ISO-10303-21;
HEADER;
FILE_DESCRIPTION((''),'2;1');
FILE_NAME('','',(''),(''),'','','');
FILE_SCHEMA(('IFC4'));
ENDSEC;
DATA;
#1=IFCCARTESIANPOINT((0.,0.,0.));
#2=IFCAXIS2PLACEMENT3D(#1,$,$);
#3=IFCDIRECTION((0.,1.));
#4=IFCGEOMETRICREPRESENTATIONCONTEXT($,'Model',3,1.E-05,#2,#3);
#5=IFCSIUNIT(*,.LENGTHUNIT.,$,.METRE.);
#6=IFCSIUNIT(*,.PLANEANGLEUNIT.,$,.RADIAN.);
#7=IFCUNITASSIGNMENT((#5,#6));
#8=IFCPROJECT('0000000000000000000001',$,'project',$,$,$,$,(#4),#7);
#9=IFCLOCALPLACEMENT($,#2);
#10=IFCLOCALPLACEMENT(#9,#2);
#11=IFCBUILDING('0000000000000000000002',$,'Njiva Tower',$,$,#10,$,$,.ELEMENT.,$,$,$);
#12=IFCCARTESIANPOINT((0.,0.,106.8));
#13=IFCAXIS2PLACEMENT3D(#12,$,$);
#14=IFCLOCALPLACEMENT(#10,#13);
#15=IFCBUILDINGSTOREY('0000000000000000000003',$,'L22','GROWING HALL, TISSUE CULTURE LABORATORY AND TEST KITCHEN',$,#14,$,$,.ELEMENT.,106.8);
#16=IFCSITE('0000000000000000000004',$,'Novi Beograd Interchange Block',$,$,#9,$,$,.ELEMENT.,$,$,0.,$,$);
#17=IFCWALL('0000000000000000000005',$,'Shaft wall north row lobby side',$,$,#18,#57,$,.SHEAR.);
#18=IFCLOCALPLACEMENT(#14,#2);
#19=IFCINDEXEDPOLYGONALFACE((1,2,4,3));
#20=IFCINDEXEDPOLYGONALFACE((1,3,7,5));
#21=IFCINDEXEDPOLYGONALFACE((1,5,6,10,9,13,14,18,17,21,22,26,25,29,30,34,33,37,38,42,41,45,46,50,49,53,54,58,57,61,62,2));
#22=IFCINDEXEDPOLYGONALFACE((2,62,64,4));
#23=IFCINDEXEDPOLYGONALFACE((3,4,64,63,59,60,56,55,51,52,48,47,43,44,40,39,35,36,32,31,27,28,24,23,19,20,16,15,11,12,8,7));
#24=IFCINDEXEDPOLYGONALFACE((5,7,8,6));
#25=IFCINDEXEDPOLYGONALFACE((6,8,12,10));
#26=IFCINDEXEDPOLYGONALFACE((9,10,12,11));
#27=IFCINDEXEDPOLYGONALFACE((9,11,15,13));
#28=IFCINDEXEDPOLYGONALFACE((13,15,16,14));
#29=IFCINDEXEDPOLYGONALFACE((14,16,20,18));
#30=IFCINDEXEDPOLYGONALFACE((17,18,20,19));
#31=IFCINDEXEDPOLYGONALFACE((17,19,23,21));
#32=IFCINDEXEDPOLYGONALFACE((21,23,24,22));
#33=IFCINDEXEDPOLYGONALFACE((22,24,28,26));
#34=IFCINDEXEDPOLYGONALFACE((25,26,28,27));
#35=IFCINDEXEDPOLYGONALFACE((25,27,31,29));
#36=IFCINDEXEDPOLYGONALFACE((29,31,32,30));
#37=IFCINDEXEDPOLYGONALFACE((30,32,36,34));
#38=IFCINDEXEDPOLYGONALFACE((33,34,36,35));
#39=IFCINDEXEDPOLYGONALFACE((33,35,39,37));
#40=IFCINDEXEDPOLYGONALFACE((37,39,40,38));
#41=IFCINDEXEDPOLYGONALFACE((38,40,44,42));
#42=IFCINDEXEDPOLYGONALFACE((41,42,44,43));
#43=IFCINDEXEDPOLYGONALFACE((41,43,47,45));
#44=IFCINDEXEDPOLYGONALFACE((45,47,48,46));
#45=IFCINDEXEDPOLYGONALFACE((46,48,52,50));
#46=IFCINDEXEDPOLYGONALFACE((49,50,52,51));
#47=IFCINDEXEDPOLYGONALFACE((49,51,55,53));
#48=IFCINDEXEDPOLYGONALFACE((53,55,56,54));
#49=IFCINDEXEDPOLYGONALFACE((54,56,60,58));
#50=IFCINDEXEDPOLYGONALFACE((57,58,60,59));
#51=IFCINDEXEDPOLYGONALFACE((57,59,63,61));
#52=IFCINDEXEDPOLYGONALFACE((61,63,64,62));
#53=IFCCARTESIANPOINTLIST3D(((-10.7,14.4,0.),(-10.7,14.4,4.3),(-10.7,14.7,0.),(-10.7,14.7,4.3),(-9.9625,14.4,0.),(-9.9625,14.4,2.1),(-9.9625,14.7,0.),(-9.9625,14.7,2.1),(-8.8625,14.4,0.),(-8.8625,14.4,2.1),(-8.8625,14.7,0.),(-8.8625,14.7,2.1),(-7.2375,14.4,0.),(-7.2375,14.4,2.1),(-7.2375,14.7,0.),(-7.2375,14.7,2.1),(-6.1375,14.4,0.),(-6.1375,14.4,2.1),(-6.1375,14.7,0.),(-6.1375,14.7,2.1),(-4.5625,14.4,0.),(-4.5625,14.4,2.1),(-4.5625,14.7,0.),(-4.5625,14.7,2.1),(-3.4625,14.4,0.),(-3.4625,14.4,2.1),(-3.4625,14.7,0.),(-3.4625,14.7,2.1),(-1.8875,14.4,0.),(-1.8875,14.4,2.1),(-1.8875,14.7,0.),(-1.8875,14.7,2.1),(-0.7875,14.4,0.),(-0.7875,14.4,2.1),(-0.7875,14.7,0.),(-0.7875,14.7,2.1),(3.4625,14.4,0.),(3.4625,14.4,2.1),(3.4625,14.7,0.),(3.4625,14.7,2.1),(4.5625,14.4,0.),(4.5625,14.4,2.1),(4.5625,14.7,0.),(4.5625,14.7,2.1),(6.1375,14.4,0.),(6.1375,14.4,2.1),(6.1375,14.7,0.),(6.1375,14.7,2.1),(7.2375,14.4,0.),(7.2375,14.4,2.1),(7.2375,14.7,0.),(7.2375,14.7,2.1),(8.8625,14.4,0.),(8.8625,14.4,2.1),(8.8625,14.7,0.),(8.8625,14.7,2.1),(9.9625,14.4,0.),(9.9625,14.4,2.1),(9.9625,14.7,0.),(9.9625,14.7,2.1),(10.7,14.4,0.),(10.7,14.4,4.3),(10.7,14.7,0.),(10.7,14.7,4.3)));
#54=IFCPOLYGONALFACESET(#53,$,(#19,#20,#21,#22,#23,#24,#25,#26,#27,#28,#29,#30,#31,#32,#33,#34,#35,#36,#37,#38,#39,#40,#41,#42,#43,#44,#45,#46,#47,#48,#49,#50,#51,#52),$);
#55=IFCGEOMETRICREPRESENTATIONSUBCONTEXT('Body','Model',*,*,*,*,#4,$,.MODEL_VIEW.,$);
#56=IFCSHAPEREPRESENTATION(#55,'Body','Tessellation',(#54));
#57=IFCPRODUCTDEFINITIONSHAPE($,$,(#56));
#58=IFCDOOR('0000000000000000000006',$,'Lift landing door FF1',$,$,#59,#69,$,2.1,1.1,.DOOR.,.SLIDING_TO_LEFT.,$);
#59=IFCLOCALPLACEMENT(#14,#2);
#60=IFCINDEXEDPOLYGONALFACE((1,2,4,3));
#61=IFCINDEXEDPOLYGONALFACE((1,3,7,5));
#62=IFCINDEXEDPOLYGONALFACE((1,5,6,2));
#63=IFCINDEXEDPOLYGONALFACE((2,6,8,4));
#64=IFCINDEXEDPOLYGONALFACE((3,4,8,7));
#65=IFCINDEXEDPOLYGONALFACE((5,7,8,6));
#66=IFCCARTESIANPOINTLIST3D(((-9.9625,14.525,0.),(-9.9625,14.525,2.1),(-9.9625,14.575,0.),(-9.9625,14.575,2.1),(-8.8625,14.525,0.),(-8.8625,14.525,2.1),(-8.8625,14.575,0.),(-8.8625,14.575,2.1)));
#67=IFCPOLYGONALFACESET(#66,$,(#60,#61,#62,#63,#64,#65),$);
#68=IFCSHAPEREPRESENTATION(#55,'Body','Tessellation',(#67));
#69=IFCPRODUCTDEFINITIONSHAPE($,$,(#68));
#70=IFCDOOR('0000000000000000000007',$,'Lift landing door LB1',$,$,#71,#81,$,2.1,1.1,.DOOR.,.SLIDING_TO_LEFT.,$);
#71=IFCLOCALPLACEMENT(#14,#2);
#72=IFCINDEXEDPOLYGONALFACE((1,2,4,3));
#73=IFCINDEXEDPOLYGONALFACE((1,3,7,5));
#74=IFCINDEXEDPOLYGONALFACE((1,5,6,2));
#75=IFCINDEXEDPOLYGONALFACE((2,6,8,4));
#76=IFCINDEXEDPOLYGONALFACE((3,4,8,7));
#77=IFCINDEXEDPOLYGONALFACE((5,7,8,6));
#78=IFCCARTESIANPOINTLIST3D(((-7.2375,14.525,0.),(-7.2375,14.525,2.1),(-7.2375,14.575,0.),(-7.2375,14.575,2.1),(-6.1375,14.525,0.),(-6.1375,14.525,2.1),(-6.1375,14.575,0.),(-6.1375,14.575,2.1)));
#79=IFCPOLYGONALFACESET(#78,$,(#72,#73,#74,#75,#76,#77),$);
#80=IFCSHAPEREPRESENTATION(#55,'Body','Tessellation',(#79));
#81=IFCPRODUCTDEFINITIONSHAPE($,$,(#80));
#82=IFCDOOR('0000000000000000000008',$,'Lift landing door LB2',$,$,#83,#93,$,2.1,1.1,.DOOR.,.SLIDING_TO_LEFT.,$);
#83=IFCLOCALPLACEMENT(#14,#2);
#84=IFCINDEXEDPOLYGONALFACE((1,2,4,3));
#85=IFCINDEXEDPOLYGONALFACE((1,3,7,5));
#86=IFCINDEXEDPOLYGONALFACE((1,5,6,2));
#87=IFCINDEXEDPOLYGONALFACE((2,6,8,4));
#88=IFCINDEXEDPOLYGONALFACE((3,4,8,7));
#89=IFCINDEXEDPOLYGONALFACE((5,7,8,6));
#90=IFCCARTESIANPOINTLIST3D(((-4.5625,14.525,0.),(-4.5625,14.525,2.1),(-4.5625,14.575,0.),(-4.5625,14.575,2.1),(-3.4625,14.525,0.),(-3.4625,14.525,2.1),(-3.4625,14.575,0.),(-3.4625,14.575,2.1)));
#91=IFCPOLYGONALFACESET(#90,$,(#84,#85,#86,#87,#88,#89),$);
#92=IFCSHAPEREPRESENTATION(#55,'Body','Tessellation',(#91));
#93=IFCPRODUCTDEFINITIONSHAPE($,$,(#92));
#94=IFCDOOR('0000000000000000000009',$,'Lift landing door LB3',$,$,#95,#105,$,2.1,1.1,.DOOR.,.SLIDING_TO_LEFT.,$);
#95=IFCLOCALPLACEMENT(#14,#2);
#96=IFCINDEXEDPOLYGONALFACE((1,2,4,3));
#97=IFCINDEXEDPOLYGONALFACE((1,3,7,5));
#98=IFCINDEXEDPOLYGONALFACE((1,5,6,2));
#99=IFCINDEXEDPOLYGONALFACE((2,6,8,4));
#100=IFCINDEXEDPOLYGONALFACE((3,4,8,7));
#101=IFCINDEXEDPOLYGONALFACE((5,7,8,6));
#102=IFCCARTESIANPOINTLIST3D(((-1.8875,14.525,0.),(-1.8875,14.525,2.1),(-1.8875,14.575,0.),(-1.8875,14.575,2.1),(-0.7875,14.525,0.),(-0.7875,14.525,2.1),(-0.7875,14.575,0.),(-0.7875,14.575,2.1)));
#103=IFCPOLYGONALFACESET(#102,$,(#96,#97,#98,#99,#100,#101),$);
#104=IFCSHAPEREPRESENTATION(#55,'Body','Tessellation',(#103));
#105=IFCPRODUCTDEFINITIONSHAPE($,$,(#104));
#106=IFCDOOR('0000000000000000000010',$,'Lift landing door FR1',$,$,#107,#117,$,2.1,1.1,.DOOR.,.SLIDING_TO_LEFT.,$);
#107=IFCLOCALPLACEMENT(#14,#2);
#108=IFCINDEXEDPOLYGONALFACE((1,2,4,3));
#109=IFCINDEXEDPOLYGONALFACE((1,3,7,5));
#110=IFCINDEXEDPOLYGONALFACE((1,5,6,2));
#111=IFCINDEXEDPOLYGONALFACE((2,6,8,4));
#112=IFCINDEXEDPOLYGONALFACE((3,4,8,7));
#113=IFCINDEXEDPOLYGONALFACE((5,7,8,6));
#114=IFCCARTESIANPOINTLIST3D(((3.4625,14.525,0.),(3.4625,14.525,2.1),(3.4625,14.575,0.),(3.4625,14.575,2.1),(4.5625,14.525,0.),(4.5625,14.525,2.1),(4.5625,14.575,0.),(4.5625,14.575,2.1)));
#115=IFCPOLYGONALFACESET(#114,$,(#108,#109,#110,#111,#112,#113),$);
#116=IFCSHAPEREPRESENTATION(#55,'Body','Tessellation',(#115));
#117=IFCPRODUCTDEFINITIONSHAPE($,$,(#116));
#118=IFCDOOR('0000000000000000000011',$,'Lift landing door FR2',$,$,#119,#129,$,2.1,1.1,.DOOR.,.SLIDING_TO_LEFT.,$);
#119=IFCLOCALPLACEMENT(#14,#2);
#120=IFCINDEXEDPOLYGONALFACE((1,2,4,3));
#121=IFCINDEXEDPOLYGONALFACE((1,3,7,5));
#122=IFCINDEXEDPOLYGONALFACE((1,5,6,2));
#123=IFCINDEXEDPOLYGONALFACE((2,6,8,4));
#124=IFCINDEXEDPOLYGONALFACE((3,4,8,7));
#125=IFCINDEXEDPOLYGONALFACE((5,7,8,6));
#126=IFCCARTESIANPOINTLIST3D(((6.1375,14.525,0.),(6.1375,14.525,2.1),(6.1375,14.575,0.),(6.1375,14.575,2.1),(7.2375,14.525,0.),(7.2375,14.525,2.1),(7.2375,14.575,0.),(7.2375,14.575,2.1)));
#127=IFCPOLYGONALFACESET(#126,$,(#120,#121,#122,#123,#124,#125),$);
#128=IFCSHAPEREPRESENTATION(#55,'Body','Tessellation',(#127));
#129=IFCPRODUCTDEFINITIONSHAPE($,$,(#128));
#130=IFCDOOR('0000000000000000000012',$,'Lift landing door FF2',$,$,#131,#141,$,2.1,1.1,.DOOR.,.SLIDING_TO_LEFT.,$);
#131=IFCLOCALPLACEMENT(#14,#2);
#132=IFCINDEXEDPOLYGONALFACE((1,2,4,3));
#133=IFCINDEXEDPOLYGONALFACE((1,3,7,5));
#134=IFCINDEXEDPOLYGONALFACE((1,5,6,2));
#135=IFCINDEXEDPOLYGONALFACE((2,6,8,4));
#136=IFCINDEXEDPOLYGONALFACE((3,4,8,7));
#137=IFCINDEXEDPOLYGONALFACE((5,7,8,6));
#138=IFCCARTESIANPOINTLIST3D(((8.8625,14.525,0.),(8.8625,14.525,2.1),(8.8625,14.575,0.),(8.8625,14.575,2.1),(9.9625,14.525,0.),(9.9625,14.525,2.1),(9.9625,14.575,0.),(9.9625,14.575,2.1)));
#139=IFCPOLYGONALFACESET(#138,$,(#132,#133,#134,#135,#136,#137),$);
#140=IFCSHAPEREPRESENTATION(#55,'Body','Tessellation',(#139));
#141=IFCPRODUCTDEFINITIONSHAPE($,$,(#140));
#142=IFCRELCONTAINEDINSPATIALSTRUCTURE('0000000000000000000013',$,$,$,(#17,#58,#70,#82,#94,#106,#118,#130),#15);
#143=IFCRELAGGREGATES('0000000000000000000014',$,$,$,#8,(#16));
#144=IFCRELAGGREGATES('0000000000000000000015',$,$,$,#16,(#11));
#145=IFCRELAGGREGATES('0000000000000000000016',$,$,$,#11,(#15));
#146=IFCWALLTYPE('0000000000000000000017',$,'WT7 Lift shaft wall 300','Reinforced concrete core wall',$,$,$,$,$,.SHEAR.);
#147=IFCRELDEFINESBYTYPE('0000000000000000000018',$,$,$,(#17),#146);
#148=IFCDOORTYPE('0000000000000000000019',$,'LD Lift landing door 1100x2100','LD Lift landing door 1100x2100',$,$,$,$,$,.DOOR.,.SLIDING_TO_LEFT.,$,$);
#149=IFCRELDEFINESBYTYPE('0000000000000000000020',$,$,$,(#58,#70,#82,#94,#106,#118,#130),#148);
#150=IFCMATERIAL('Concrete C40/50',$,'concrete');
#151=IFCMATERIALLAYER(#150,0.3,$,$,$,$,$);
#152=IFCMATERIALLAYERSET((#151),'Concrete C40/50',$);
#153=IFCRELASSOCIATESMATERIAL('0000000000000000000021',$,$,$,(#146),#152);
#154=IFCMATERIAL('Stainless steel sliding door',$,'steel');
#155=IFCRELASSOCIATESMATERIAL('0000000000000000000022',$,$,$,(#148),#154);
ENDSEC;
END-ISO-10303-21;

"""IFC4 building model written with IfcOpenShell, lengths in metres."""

from ifc_helpers import new_model, si_unit, direction, frame, frame_2d, origin, place, context, subcontext, project, spatial, rectangle, extrude, material, layer, layer_set, type_object, element, fill, save


model = new_model("IFC4")

# Units and contexts
model_context = context("Model", 3, precision=1e-05, world=origin(), true_north=direction((0.0, 1.0)))
body_context = subcontext(model_context, "Body", "Model", "MODEL_VIEW")
ifc_project = project(units=[si_unit("LENGTHUNIT", "METRE"), si_unit("PLANEANGLEUNIT", "RADIAN")], contexts=[model_context])

# Site, building, storey
site_placement = place(None, origin())
site = spatial("IfcSite", under=ifc_project, at=site_placement, Name="Novi Beograd Interchange Block", CompositionType="ELEMENT", RefElevation=0.0)
building_placement = place(site_placement, origin())
building = spatial("IfcBuilding", under=site, at=building_placement, Name="Njiva Tower", CompositionType="ELEMENT")
storey_placement = place(building_placement, frame((0.0, 0.0, 106.8)))
storey = spatial("IfcBuildingStorey", under=building, at=storey_placement, Name="L22", Description="GROWING HALL, TISSUE CULTURE LABORATORY AND TEST KITCHEN", CompositionType="ELEMENT", Elevation=106.8)

# Shared definitions
ifc_material_1 = material(Name="Concrete C40/50", Category="concrete")

# Wall, openings, doors
ifc_layer_1 = layer(ifc_material_1, 0.3)
ifc_layer_set_1 = layer_set([ifc_layer_1], Name="Concrete C40/50")
wall_type_1 = type_object("IfcWallType", Name="WT7 Lift shaft wall 300", Description="Reinforced concrete core wall", PredefinedType="SHEAR", material=ifc_layer_set_1)
wall_1_placement = place(storey_placement, frame((-10.7, 14.55, 0.0), z_axis=(0.0, 0.0, 1.0), x_axis=(1.0, 0.0, 0.0)))
wall_1 = element("IfcWall", 1, at=wall_1_placement, inside=storey, type_object=wall_type_1, Name="Shaft wall north row lobby side", PredefinedType="SHEAR", context=body_context, shape_type="SweptSolid", body=[
    extrude(rectangle(XDim=21.4, YDim=0.3, at=frame_2d((10.7, 0.0))), origin(), (0.0, 0.0, 1.0), 4.3),
])
opening_1_placement = place(wall_1_placement, frame((0.7375, 0.0, 0.0)))
opening_1 = element("IfcOpeningElement", 2, at=opening_1_placement, cuts=wall_1, PredefinedType="OPENING", context=body_context, shape_type="SweptSolid", body=[
    extrude(rectangle(XDim=1.1, YDim=2.1, at=frame_2d((0.55, 1.05))), frame((0.0, 0.16, 0.0), z_axis=(0.0, -1.0, 0.0), x_axis=(1.0, 0.0, 0.0)), (0.0, 0.0, 1.0), 0.32),
])
opening_2_placement = place(wall_1_placement, frame((3.4625, 0.0, 0.0)))
opening_2 = element("IfcOpeningElement", 3, at=opening_2_placement, cuts=wall_1, PredefinedType="OPENING", context=body_context, shape_type="SweptSolid", body=[
    extrude(rectangle(XDim=1.1, YDim=2.1, at=frame_2d((0.55, 1.05))), frame((0.0, 0.16, 0.0), z_axis=(0.0, -1.0, 0.0), x_axis=(1.0, 0.0, 0.0)), (0.0, 0.0, 1.0), 0.32),
])
opening_3_placement = place(wall_1_placement, frame((6.1375, 0.0, 0.0)))
opening_3 = element("IfcOpeningElement", 4, at=opening_3_placement, cuts=wall_1, PredefinedType="OPENING", context=body_context, shape_type="SweptSolid", body=[
    extrude(rectangle(XDim=1.1, YDim=2.1, at=frame_2d((0.55, 1.05))), frame((0.0, 0.16, 0.0), z_axis=(0.0, -1.0, 0.0), x_axis=(1.0, 0.0, 0.0)), (0.0, 0.0, 1.0), 0.32),
])
opening_4_placement = place(wall_1_placement, frame((8.8125, 0.0, 0.0)))
opening_4 = element("IfcOpeningElement", 5, at=opening_4_placement, cuts=wall_1, PredefinedType="OPENING", context=body_context, shape_type="SweptSolid", body=[
    extrude(rectangle(XDim=1.1, YDim=2.1, at=frame_2d((0.55, 1.05))), frame((0.0, 0.16, 0.0), z_axis=(0.0, -1.0, 0.0), x_axis=(1.0, 0.0, 0.0)), (0.0, 0.0, 1.0), 0.32),
])
opening_5_placement = place(wall_1_placement, frame((14.1625, 0.0, 0.0)))
opening_5 = element("IfcOpeningElement", 6, at=opening_5_placement, cuts=wall_1, PredefinedType="OPENING", context=body_context, shape_type="SweptSolid", body=[
    extrude(rectangle(XDim=1.1, YDim=2.1, at=frame_2d((0.55, 1.05))), frame((0.0, 0.16, 0.0), z_axis=(0.0, -1.0, 0.0), x_axis=(1.0, 0.0, 0.0)), (0.0, 0.0, 1.0), 0.32),
])
opening_6_placement = place(wall_1_placement, frame((16.8375, 0.0, 0.0)))
opening_6 = element("IfcOpeningElement", 7, at=opening_6_placement, cuts=wall_1, PredefinedType="OPENING", context=body_context, shape_type="SweptSolid", body=[
    extrude(rectangle(XDim=1.1, YDim=2.1, at=frame_2d((0.55, 1.05))), frame((0.0, 0.16, 0.0), z_axis=(0.0, -1.0, 0.0), x_axis=(1.0, 0.0, 0.0)), (0.0, 0.0, 1.0), 0.32),
])
opening_7_placement = place(wall_1_placement, frame((19.5625, 0.0, 0.0)))
opening_7 = element("IfcOpeningElement", 8, at=opening_7_placement, cuts=wall_1, PredefinedType="OPENING", context=body_context, shape_type="SweptSolid", body=[
    extrude(rectangle(XDim=1.1, YDim=2.1, at=frame_2d((0.55, 1.05))), frame((0.0, 0.16, 0.0), z_axis=(0.0, -1.0, 0.0), x_axis=(1.0, 0.0, 0.0)), (0.0, 0.0, 1.0), 0.32),
])
ifc_material_2 = material(Name="Stainless steel sliding door", Category="steel")
door_type_1 = type_object("IfcDoorType", Name="LD Lift landing door 1100x2100", Description="LD Lift landing door 1100x2100", OperationType="SLIDING_TO_LEFT", PredefinedType="DOOR", material=ifc_material_2)
door_1_placement = place(opening_1_placement, origin())
door_1 = element("IfcDoor", 9, at=door_1_placement, inside=storey, type_object=door_type_1, Name="Lift landing door FF1", OperationType="SLIDING_TO_LEFT", OverallHeight=2.1, OverallWidth=1.1, PredefinedType="DOOR", context=body_context, shape_type="SweptSolid", body=[
    extrude(rectangle(XDim=1.1, YDim=2.1, at=frame_2d((0.55, 1.05))), frame((0.0, 0.025, 0.0), z_axis=(0.0, -1.0, 0.0), x_axis=(1.0, 0.0, 0.0)), (0.0, 0.0, 1.0), 0.05),
])
fill(opening_1, door_1)
door_2_placement = place(opening_2_placement, origin())
door_2 = element("IfcDoor", 10, at=door_2_placement, inside=storey, type_object=door_type_1, Name="Lift landing door LB1", OperationType="SLIDING_TO_LEFT", OverallHeight=2.1, OverallWidth=1.1, PredefinedType="DOOR", context=body_context, shape_type="SweptSolid", body=[
    extrude(rectangle(XDim=1.1, YDim=2.1, at=frame_2d((0.55, 1.05))), frame((0.0, 0.025, 0.0), z_axis=(0.0, -1.0, 0.0), x_axis=(1.0, 0.0, 0.0)), (0.0, 0.0, 1.0), 0.05),
])
fill(opening_2, door_2)
door_3_placement = place(opening_3_placement, origin())
door_3 = element("IfcDoor", 11, at=door_3_placement, inside=storey, type_object=door_type_1, Name="Lift landing door LB2", OperationType="SLIDING_TO_LEFT", OverallHeight=2.1, OverallWidth=1.1, PredefinedType="DOOR", context=body_context, shape_type="SweptSolid", body=[
    extrude(rectangle(XDim=1.1, YDim=2.1, at=frame_2d((0.55, 1.05))), frame((0.0, 0.025, 0.0), z_axis=(0.0, -1.0, 0.0), x_axis=(1.0, 0.0, 0.0)), (0.0, 0.0, 1.0), 0.05),
])
fill(opening_3, door_3)
door_4_placement = place(opening_4_placement, origin())
door_4 = element("IfcDoor", 12, at=door_4_placement, inside=storey, type_object=door_type_1, Name="Lift landing door LB3", OperationType="SLIDING_TO_LEFT", OverallHeight=2.1, OverallWidth=1.1, PredefinedType="DOOR", context=body_context, shape_type="SweptSolid", body=[
    extrude(rectangle(XDim=1.1, YDim=2.1, at=frame_2d((0.55, 1.05))), frame((0.0, 0.025, 0.0), z_axis=(0.0, -1.0, 0.0), x_axis=(1.0, 0.0, 0.0)), (0.0, 0.0, 1.0), 0.05),
])
fill(opening_4, door_4)
door_5_placement = place(opening_5_placement, origin())
door_5 = element("IfcDoor", 13, at=door_5_placement, inside=storey, type_object=door_type_1, Name="Lift landing door FR1", OperationType="SLIDING_TO_LEFT", OverallHeight=2.1, OverallWidth=1.1, PredefinedType="DOOR", context=body_context, shape_type="SweptSolid", body=[
    extrude(rectangle(XDim=1.1, YDim=2.1, at=frame_2d((0.55, 1.05))), frame((0.0, 0.025, 0.0), z_axis=(0.0, -1.0, 0.0), x_axis=(1.0, 0.0, 0.0)), (0.0, 0.0, 1.0), 0.05),
])
fill(opening_5, door_5)
door_6_placement = place(opening_6_placement, origin())
door_6 = element("IfcDoor", 14, at=door_6_placement, inside=storey, type_object=door_type_1, Name="Lift landing door FR2", OperationType="SLIDING_TO_LEFT", OverallHeight=2.1, OverallWidth=1.1, PredefinedType="DOOR", context=body_context, shape_type="SweptSolid", body=[
    extrude(rectangle(XDim=1.1, YDim=2.1, at=frame_2d((0.55, 1.05))), frame((0.0, 0.025, 0.0), z_axis=(0.0, -1.0, 0.0), x_axis=(1.0, 0.0, 0.0)), (0.0, 0.0, 1.0), 0.05),
])
fill(opening_6, door_6)
door_7_placement = place(opening_7_placement, origin())
door_7 = element("IfcDoor", 15, at=door_7_placement, inside=storey, type_object=door_type_1, Name="Lift landing door FF2", OperationType="SLIDING_TO_LEFT", OverallHeight=2.1, OverallWidth=1.1, PredefinedType="DOOR", context=body_context, shape_type="SweptSolid", body=[
    extrude(rectangle(XDim=1.1, YDim=2.1, at=frame_2d((0.55, 1.05))), frame((0.0, 0.025, 0.0), z_axis=(0.0, -1.0, 0.0), x_axis=(1.0, 0.0, 0.0)), (0.0, 0.0, 1.0), 0.05),
])
fill(opening_7, door_7)

save(model, "model.ifc")
